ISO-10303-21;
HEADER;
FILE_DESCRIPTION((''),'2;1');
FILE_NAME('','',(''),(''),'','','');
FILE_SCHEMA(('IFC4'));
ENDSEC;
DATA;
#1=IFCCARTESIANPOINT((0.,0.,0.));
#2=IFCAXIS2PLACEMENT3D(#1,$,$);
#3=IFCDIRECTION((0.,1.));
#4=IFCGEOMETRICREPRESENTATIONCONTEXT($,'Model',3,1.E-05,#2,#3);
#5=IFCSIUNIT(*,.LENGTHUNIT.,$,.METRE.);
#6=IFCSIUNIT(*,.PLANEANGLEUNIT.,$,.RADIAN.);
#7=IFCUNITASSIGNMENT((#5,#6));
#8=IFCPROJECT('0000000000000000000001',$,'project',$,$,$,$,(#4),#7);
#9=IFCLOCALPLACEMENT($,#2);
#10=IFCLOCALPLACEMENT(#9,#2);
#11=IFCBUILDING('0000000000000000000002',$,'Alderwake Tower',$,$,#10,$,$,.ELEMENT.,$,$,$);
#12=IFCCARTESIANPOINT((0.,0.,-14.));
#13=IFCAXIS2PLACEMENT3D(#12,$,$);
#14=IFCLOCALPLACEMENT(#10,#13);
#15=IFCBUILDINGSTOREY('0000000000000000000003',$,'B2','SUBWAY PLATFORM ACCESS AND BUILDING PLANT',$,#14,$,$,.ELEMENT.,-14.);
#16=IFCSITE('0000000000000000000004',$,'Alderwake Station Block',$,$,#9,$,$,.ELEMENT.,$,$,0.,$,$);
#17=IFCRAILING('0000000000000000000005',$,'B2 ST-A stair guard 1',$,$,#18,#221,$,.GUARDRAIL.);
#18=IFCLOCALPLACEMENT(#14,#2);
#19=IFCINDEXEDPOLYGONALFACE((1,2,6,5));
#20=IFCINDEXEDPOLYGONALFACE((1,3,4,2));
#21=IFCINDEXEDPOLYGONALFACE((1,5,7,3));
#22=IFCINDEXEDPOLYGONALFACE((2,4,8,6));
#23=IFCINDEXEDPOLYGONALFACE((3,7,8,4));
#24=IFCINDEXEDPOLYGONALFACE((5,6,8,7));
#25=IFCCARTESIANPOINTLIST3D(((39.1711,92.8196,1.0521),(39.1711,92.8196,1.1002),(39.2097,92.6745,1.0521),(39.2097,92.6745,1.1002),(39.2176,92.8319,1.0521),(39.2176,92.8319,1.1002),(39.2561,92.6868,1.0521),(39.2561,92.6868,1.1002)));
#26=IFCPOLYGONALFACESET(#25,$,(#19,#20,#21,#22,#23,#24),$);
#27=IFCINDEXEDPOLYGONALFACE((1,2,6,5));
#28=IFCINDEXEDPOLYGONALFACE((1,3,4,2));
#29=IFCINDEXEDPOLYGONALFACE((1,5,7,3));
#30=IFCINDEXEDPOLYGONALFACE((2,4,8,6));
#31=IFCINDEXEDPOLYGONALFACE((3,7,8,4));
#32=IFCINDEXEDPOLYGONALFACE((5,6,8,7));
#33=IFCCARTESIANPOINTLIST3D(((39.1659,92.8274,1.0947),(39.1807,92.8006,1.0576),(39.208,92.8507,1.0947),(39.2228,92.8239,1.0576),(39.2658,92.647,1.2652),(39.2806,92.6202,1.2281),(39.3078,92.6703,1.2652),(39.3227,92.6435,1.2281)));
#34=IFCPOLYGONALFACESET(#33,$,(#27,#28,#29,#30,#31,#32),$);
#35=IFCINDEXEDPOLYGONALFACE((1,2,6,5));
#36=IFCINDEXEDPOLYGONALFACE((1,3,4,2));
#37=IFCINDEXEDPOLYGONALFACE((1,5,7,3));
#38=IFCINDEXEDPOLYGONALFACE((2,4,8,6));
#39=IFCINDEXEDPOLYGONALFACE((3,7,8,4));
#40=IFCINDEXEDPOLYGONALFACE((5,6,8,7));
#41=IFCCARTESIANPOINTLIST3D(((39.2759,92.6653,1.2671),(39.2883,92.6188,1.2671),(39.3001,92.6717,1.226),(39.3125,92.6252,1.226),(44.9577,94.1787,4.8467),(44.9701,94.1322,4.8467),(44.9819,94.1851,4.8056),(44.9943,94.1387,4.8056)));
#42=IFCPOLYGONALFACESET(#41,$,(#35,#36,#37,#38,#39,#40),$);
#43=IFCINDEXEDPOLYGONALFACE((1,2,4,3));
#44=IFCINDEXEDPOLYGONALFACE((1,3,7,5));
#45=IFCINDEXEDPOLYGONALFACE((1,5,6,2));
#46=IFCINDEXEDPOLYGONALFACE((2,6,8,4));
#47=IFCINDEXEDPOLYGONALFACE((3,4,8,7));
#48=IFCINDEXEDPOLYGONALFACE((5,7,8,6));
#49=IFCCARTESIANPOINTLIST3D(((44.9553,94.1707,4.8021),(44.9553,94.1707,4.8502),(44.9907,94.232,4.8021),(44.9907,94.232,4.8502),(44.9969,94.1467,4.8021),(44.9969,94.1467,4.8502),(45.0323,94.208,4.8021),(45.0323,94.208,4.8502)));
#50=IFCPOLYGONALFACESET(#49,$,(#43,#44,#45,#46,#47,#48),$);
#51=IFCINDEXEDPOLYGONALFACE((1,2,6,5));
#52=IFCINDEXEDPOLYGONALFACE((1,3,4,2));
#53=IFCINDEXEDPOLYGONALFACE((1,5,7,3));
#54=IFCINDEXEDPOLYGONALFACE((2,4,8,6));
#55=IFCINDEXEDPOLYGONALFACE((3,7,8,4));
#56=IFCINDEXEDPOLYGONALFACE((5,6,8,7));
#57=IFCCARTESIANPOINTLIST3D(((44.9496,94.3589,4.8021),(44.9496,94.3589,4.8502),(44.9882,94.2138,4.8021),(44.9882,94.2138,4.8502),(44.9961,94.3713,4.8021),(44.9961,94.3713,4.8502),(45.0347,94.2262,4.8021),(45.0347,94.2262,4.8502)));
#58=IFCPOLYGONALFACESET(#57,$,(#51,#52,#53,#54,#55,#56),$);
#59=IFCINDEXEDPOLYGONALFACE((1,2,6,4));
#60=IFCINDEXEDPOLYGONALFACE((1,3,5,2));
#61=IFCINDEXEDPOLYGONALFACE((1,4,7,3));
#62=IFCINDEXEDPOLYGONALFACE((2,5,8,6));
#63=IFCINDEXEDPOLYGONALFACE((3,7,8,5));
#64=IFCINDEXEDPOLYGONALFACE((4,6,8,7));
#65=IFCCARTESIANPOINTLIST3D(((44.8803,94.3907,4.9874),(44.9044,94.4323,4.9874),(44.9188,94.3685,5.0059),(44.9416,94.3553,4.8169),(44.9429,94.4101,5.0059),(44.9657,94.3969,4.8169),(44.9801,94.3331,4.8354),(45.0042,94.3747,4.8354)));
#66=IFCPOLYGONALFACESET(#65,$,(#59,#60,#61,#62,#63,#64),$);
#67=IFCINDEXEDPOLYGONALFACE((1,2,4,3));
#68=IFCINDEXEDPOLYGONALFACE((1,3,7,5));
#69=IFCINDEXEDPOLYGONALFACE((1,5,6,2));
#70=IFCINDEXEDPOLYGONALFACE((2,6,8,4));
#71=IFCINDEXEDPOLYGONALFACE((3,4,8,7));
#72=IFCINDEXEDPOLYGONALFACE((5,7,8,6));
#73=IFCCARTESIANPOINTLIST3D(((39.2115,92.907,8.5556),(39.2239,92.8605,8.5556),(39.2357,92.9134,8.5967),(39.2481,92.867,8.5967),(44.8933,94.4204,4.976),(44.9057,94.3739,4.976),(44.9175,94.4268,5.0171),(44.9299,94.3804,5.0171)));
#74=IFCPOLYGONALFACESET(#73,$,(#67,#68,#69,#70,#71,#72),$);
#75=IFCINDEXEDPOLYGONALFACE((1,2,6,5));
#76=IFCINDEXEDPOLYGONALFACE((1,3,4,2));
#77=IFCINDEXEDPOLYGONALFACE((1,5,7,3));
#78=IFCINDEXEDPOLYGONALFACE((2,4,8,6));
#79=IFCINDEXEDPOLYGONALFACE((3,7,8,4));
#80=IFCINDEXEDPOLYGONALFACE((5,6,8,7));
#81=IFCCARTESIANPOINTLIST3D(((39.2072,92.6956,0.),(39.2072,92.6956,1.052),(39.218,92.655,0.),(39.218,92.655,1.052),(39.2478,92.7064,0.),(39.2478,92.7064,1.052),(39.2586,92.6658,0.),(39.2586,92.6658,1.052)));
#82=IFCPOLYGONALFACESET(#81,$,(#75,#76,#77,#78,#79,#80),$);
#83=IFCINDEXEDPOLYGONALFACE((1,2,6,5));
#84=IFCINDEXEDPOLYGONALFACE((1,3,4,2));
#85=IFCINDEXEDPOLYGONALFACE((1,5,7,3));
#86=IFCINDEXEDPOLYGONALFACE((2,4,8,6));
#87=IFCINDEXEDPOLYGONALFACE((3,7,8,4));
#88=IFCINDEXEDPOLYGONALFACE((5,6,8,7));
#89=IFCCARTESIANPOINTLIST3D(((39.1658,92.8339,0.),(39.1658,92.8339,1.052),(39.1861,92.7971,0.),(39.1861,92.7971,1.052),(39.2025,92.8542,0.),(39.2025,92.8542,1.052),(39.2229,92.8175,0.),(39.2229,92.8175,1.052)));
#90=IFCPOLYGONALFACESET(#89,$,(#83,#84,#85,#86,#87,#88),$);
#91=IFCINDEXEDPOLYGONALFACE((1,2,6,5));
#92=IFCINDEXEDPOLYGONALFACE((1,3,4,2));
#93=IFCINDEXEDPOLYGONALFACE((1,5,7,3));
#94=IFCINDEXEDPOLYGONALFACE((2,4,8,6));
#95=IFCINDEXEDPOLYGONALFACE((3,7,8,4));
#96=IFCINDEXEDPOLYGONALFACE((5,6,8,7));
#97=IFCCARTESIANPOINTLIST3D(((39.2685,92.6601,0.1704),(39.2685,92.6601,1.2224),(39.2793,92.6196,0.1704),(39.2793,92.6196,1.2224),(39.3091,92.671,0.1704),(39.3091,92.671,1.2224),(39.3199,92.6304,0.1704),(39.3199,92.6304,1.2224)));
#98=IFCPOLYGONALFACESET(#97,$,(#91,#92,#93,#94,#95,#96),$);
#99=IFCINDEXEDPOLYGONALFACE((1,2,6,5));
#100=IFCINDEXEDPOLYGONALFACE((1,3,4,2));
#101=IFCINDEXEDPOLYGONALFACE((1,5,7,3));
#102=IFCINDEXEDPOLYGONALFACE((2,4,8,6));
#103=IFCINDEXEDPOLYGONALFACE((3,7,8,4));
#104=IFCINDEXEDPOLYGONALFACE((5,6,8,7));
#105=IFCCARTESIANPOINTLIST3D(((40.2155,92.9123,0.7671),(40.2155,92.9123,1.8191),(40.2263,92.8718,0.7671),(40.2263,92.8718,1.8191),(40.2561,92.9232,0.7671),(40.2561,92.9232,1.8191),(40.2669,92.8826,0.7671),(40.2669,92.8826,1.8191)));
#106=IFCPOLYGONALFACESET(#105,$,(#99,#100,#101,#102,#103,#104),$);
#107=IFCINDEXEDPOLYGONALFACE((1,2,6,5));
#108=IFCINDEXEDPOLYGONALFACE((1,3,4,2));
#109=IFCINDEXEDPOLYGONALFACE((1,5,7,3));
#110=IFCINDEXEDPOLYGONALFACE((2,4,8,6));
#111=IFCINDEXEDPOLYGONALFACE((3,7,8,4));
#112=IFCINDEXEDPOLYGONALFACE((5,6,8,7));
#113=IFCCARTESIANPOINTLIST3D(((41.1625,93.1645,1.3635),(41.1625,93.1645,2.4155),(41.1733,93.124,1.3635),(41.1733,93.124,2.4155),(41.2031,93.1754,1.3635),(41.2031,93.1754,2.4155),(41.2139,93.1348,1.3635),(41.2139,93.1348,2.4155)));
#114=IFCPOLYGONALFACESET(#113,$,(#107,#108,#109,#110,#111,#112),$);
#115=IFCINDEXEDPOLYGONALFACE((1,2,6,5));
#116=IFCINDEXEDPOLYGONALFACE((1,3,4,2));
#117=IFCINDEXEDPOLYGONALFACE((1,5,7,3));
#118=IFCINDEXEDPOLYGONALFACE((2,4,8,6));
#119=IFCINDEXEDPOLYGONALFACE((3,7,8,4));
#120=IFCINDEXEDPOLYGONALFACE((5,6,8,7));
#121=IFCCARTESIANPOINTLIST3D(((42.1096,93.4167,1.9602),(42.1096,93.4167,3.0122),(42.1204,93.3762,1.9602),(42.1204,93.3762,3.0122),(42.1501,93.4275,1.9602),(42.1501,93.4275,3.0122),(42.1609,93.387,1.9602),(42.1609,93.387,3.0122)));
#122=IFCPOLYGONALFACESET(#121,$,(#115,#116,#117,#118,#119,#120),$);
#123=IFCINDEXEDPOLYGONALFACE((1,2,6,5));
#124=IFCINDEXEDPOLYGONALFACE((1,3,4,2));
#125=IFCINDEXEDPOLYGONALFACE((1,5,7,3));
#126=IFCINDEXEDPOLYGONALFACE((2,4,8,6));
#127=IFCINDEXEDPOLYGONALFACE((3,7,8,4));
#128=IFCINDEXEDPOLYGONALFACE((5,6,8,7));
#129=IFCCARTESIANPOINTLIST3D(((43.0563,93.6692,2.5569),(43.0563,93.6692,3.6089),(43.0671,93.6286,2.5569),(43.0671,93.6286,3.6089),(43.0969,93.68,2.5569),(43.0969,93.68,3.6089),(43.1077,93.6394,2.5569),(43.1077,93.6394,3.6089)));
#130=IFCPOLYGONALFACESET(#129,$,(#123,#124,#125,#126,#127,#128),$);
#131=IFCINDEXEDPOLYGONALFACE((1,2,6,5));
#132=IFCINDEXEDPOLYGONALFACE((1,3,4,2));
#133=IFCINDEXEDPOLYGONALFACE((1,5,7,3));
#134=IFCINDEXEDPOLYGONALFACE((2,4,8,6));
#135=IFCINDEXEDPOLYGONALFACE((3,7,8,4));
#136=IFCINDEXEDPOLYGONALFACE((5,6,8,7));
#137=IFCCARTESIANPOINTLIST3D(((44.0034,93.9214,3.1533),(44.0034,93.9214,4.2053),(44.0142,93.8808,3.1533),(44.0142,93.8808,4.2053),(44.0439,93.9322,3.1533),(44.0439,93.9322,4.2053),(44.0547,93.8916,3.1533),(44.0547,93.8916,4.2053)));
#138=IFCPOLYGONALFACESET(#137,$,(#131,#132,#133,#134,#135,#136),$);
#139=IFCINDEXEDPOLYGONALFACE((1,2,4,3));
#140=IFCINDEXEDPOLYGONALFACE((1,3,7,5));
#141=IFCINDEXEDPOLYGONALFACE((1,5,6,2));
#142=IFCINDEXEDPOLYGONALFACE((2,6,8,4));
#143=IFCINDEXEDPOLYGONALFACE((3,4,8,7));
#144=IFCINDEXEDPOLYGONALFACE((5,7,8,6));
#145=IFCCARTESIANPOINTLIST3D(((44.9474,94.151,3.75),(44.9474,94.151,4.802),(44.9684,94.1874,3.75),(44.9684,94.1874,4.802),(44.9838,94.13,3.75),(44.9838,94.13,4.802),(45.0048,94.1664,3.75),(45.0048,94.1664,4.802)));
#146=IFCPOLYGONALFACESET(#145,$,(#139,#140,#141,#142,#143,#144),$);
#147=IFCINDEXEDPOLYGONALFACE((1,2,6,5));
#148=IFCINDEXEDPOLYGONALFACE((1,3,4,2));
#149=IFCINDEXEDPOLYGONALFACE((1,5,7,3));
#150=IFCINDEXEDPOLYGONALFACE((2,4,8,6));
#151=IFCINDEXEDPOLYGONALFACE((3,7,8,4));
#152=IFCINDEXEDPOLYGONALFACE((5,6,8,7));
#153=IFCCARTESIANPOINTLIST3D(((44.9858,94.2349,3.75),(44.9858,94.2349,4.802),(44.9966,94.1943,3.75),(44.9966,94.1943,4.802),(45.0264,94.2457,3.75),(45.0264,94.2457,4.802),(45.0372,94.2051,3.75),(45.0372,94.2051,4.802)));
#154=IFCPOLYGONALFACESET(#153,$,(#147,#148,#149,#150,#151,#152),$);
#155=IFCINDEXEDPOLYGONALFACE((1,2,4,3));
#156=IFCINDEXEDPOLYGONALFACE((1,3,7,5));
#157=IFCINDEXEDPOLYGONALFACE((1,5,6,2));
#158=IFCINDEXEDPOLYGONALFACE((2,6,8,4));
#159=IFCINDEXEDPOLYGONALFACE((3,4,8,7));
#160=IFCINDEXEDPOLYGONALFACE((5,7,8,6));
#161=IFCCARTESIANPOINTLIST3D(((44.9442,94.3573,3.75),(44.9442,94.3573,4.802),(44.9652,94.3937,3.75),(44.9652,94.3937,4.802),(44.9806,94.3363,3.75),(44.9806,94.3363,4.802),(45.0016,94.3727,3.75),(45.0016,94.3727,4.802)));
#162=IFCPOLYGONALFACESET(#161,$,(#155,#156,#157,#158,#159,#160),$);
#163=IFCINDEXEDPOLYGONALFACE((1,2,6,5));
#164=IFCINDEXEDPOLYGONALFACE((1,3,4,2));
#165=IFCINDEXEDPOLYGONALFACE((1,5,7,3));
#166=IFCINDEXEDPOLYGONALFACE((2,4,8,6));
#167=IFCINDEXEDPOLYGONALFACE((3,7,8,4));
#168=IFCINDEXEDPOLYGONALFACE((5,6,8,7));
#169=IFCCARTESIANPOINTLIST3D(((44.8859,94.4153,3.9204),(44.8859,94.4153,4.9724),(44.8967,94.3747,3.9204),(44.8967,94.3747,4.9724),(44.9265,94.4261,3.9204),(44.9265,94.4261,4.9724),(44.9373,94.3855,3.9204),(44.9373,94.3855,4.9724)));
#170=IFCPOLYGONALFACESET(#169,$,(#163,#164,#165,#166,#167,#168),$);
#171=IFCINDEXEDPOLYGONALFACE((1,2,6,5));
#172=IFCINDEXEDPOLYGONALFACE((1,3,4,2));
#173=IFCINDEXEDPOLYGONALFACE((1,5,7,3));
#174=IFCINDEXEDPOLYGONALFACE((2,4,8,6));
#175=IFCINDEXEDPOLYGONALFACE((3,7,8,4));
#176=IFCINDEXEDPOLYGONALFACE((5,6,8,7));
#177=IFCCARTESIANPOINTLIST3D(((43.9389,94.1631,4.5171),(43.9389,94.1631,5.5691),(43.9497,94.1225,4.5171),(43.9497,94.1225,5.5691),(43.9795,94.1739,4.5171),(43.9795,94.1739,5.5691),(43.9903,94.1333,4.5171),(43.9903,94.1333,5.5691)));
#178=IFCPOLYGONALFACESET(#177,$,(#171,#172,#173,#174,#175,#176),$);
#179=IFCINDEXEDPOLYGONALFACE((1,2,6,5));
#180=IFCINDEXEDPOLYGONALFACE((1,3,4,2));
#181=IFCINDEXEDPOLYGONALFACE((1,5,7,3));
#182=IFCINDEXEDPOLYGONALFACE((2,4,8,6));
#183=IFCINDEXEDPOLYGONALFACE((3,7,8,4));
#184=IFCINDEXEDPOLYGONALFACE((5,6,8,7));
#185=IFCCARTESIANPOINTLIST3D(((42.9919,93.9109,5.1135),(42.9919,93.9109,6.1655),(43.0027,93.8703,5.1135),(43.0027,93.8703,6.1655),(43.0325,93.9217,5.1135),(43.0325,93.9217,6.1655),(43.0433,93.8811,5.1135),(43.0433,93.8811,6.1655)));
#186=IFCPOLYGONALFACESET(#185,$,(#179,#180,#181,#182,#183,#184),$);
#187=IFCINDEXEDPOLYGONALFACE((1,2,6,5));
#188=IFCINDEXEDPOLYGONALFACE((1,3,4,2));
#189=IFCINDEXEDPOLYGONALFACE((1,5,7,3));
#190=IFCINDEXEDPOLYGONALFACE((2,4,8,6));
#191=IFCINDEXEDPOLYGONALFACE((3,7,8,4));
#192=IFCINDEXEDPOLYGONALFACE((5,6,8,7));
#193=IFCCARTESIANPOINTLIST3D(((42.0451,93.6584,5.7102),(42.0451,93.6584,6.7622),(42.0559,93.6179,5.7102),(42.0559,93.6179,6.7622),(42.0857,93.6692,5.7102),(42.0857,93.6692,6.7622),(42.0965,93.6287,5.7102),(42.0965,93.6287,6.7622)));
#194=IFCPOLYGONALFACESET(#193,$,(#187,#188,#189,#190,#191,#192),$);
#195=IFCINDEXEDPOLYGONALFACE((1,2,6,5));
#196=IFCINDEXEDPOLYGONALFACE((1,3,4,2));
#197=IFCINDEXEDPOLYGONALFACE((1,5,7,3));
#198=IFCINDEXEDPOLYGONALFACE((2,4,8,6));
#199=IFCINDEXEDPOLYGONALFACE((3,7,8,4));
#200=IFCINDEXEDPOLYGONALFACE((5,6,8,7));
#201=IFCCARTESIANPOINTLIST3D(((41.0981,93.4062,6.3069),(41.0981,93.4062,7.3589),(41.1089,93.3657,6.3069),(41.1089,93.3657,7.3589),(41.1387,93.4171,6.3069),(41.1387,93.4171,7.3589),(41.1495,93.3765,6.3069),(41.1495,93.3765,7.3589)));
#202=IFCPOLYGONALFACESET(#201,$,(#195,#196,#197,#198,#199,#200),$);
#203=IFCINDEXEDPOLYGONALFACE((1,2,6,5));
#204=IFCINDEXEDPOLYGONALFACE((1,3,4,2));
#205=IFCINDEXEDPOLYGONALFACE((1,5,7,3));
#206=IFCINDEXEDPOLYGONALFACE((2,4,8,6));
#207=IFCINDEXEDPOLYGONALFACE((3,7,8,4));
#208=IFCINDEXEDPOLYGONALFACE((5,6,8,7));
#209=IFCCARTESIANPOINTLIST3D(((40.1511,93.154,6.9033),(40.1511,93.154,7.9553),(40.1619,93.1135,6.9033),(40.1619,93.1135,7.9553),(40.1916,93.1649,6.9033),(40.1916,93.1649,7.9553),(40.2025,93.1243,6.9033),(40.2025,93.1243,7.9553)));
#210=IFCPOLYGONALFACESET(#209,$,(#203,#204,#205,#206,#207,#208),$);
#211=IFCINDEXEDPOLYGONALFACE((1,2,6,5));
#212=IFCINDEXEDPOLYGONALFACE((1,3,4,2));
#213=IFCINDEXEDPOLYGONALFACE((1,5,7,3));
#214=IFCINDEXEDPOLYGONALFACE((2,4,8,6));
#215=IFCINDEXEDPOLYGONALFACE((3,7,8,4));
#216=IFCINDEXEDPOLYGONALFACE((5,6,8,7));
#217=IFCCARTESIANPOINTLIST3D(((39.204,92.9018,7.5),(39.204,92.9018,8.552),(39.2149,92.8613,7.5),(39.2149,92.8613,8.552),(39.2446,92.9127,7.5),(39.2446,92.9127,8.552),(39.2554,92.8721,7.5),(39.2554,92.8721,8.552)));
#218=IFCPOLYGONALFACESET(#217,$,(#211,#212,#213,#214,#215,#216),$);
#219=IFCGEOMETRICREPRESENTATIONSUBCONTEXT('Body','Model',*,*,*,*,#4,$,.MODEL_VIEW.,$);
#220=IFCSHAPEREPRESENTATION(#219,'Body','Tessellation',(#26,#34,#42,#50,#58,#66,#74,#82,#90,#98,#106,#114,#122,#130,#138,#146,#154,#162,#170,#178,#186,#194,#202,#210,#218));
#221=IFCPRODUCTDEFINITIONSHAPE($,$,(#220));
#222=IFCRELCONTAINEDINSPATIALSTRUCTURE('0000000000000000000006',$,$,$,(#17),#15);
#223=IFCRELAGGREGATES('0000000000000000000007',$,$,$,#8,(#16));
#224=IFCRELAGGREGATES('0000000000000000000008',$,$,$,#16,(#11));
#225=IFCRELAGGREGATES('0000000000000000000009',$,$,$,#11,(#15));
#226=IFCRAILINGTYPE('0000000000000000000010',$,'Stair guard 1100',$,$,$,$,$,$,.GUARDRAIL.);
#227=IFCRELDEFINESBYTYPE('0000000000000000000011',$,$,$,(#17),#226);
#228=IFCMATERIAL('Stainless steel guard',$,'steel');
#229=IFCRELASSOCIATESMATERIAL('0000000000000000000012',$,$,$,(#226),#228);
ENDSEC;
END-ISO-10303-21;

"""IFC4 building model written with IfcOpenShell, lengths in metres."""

from ifc_helpers import new_model, si_unit, direction, frame, origin, origin_2d, place, context, subcontext, project, spatial, rectangle, extrude, material, type_object, element, save


model = new_model("IFC4")

# Units and contexts
model_context = context("Model", 3, precision=1e-05, world=origin(), true_north=direction((0.0, 1.0)))
body_context = subcontext(model_context, "Body", "Model", "MODEL_VIEW")
ifc_project = project(units=[si_unit("LENGTHUNIT", "METRE"), si_unit("PLANEANGLEUNIT", "RADIAN")], contexts=[model_context])

# Site, building, storey
site_placement = place(None, origin())
site = spatial("IfcSite", under=ifc_project, at=site_placement, Name="Alderwake Station Block", CompositionType="ELEMENT", RefElevation=0.0)
building_placement = place(site_placement, origin())
building = spatial("IfcBuilding", under=site, at=building_placement, Name="Alderwake Tower", CompositionType="ELEMENT")
storey_placement = place(building_placement, frame((0.0, 0.0, -14.0)))
storey = spatial("IfcBuildingStorey", under=building, at=storey_placement, Name="B2", Description="SUBWAY PLATFORM ACCESS AND BUILDING PLANT", CompositionType="ELEMENT", Elevation=-14.0)

# Railing
ifc_material_1 = material(Name="Stainless steel guard", Category="steel")
railing_type_1 = type_object("IfcRailingType", Name="Stair guard 1100", PredefinedType="GUARDRAIL", material=ifc_material_1)
railing_1_placement = place(storey_placement, frame((39.2329, 92.6807, 0.0)))
element("IfcRailing", 1, at=railing_1_placement, inside=storey, type_object=railing_type_1, Name="B2 ST-A stair guard 1", PredefinedType="GUARDRAIL", context=body_context, shape_type="SweptSolid", body=[
    extrude(rectangle(XDim=0.0481, YDim=0.0481, at=origin_2d()), frame((0.0, 0.0, 1.0762), z_axis=(-0.257055, 0.966397, 0.0), x_axis=(-0.966397, -0.257055, 0.0)), (0.0, 0.0, 1.0), 0.1501),
    extrude(rectangle(XDim=0.0481, YDim=0.0481, at=origin_2d()), frame((-0.0386, 0.145, 1.0762), z_axis=(0.37327, -0.674441, 0.637023), x_axis=(0.874938, 0.484235, 0.0)), (0.0, 0.0, 1.0), 0.2676),
    extrude(rectangle(XDim=0.0481, YDim=0.0481, at=origin_2d()), frame((0.0613, -0.0354, 1.2466), z_axis=(0.82539, 0.219851, 0.519996), x_axis=(-0.257386, 0.966309, 0.0)), (0.0, 0.0, 1.0), 6.8838),
    extrude(rectangle(XDim=0.0481, YDim=0.0481, at=origin_2d()), frame((5.7432, 1.478, 4.8262), z_axis=(0.50022, 0.865898, 0.0), x_axis=(-0.865898, 0.50022, 0.0)), (0.0, 0.0, 1.0), 0.0708),
    extrude(rectangle(XDim=0.0481, YDim=0.0481, at=origin_2d()), frame((5.7786, 1.5393, 4.8262), z_axis=(-0.257055, 0.966397, 0.0), x_axis=(-0.966397, -0.257055, 0.0)), (0.0, 0.0, 1.0), 0.1501),
    extrude(rectangle(XDim=0.0481, YDim=0.0481, at=origin_2d()), frame((5.74, 1.6843, 4.8262), z_axis=(-0.332099, 0.19185, 0.923528), x_axis=(-0.50022, -0.865898, 0.0)), (0.0, 0.0, 1.0), 0.1846),
    extrude(rectangle(XDim=0.0481, YDim=0.0481, at=origin_2d()), frame((5.6787, 1.7197, 4.9966), z_axis=(-0.82539, -0.219851, 0.519996), x_axis=(0.257386, -0.966309, 0.0)), (0.0, 0.0, 1.0), 6.8838),
    extrude(rectangle(XDim=0.042, YDim=0.042, at=origin_2d()), frame((0.0, 0.0, 0.0), z_axis=(0.0, 0.0, 1.0), x_axis=(-0.257055, 0.966397, 0.0)), (0.0, 0.0, 1.0), 1.052),
    extrude(rectangle(XDim=0.042, YDim=0.042, at=origin_2d()), frame((-0.0386, 0.145, 0.0), z_axis=(0.0, 0.0, 1.0), x_axis=(0.484235, -0.874938, 0.0)), (0.0, 0.0, 1.0), 1.052),
    extrude(rectangle(XDim=0.042, YDim=0.042, at=origin_2d()), frame((0.0613, -0.0354, 0.1704), z_axis=(0.0, 0.0, 1.0), x_axis=(0.966309, 0.257386, 0.0)), (0.0, 0.0, 1.0), 1.052),
    extrude(rectangle(XDim=0.042, YDim=0.042, at=origin_2d()), frame((1.0083, 0.2168, 0.7671), z_axis=(0.0, 0.0, 1.0), x_axis=(0.966309, 0.257386, 0.0)), (0.0, 0.0, 1.0), 1.052),
    extrude(rectangle(XDim=0.042, YDim=0.042, at=origin_2d()), frame((1.9553, 0.469, 1.3635), z_axis=(0.0, 0.0, 1.0), x_axis=(0.966309, 0.257386, 0.0)), (0.0, 0.0, 1.0), 1.052),
    extrude(rectangle(XDim=0.042, YDim=0.042, at=origin_2d()), frame((2.9023, 0.7212, 1.9602), z_axis=(0.0, 0.0, 1.0), x_axis=(0.966309, 0.257386, 0.0)), (0.0, 0.0, 1.0), 1.052),
    extrude(rectangle(XDim=0.042, YDim=0.042, at=origin_2d()), frame((3.8491, 0.9736, 2.5569), z_axis=(0.0, 0.0, 1.0), x_axis=(0.966309, 0.257386, 0.0)), (0.0, 0.0, 1.0), 1.052),
    extrude(rectangle(XDim=0.042, YDim=0.042, at=origin_2d()), frame((4.7961, 1.2258, 3.1533), z_axis=(0.0, 0.0, 1.0), x_axis=(0.966309, 0.257386, 0.0)), (0.0, 0.0, 1.0), 1.052),
    extrude(rectangle(XDim=0.042, YDim=0.042, at=origin_2d()), frame((5.7432, 1.478, 3.75), z_axis=(0.0, 0.0, 1.0), x_axis=(0.50022, 0.865898, 0.0)), (0.0, 0.0, 1.0), 1.052),
    extrude(rectangle(XDim=0.042, YDim=0.042, at=origin_2d()), frame((5.7786, 1.5393, 3.75), z_axis=(0.0, 0.0, 1.0), x_axis=(-0.257055, 0.966397, 0.0)), (0.0, 0.0, 1.0), 1.052),
    extrude(rectangle(XDim=0.042, YDim=0.042, at=origin_2d()), frame((5.74, 1.6843, 3.75), z_axis=(0.0, 0.0, 1.0), x_axis=(-0.865898, 0.50022, 0.0)), (0.0, 0.0, 1.0), 1.052),
    extrude(rectangle(XDim=0.042, YDim=0.042, at=origin_2d()), frame((5.6787, 1.7197, 3.9204), z_axis=(0.0, 0.0, 1.0), x_axis=(-0.966309, -0.257386, 0.0)), (0.0, 0.0, 1.0), 1.052),
    extrude(rectangle(XDim=0.042, YDim=0.042, at=origin_2d()), frame((4.7317, 1.4675, 4.5171), z_axis=(0.0, 0.0, 1.0), x_axis=(-0.966309, -0.257386, 0.0)), (0.0, 0.0, 1.0), 1.052),
    extrude(rectangle(XDim=0.042, YDim=0.042, at=origin_2d()), frame((3.7847, 1.2153, 5.1135), z_axis=(0.0, 0.0, 1.0), x_axis=(-0.966309, -0.257386, 0.0)), (0.0, 0.0, 1.0), 1.052),
    extrude(rectangle(XDim=0.042, YDim=0.042, at=origin_2d()), frame((2.8379, 0.9629, 5.7102), z_axis=(0.0, 0.0, 1.0), x_axis=(-0.966309, -0.257386, 0.0)), (0.0, 0.0, 1.0), 1.052),
    extrude(rectangle(XDim=0.042, YDim=0.042, at=origin_2d()), frame((1.8909, 0.7107, 6.3069), z_axis=(0.0, 0.0, 1.0), x_axis=(-0.966309, -0.257386, 0.0)), (0.0, 0.0, 1.0), 1.052),
    extrude(rectangle(XDim=0.042, YDim=0.042, at=origin_2d()), frame((0.9438, 0.4585, 6.9033), z_axis=(0.0, 0.0, 1.0), x_axis=(-0.966309, -0.257386, 0.0)), (0.0, 0.0, 1.0), 1.052),
    extrude(rectangle(XDim=0.042, YDim=0.042, at=origin_2d()), frame((-0.0032, 0.2063, 7.5), z_axis=(0.0, 0.0, 1.0), x_axis=(-0.966309, -0.257386, 0.0)), (0.0, 0.0, 1.0), 1.052),
])

save(model, "model.ifc")
